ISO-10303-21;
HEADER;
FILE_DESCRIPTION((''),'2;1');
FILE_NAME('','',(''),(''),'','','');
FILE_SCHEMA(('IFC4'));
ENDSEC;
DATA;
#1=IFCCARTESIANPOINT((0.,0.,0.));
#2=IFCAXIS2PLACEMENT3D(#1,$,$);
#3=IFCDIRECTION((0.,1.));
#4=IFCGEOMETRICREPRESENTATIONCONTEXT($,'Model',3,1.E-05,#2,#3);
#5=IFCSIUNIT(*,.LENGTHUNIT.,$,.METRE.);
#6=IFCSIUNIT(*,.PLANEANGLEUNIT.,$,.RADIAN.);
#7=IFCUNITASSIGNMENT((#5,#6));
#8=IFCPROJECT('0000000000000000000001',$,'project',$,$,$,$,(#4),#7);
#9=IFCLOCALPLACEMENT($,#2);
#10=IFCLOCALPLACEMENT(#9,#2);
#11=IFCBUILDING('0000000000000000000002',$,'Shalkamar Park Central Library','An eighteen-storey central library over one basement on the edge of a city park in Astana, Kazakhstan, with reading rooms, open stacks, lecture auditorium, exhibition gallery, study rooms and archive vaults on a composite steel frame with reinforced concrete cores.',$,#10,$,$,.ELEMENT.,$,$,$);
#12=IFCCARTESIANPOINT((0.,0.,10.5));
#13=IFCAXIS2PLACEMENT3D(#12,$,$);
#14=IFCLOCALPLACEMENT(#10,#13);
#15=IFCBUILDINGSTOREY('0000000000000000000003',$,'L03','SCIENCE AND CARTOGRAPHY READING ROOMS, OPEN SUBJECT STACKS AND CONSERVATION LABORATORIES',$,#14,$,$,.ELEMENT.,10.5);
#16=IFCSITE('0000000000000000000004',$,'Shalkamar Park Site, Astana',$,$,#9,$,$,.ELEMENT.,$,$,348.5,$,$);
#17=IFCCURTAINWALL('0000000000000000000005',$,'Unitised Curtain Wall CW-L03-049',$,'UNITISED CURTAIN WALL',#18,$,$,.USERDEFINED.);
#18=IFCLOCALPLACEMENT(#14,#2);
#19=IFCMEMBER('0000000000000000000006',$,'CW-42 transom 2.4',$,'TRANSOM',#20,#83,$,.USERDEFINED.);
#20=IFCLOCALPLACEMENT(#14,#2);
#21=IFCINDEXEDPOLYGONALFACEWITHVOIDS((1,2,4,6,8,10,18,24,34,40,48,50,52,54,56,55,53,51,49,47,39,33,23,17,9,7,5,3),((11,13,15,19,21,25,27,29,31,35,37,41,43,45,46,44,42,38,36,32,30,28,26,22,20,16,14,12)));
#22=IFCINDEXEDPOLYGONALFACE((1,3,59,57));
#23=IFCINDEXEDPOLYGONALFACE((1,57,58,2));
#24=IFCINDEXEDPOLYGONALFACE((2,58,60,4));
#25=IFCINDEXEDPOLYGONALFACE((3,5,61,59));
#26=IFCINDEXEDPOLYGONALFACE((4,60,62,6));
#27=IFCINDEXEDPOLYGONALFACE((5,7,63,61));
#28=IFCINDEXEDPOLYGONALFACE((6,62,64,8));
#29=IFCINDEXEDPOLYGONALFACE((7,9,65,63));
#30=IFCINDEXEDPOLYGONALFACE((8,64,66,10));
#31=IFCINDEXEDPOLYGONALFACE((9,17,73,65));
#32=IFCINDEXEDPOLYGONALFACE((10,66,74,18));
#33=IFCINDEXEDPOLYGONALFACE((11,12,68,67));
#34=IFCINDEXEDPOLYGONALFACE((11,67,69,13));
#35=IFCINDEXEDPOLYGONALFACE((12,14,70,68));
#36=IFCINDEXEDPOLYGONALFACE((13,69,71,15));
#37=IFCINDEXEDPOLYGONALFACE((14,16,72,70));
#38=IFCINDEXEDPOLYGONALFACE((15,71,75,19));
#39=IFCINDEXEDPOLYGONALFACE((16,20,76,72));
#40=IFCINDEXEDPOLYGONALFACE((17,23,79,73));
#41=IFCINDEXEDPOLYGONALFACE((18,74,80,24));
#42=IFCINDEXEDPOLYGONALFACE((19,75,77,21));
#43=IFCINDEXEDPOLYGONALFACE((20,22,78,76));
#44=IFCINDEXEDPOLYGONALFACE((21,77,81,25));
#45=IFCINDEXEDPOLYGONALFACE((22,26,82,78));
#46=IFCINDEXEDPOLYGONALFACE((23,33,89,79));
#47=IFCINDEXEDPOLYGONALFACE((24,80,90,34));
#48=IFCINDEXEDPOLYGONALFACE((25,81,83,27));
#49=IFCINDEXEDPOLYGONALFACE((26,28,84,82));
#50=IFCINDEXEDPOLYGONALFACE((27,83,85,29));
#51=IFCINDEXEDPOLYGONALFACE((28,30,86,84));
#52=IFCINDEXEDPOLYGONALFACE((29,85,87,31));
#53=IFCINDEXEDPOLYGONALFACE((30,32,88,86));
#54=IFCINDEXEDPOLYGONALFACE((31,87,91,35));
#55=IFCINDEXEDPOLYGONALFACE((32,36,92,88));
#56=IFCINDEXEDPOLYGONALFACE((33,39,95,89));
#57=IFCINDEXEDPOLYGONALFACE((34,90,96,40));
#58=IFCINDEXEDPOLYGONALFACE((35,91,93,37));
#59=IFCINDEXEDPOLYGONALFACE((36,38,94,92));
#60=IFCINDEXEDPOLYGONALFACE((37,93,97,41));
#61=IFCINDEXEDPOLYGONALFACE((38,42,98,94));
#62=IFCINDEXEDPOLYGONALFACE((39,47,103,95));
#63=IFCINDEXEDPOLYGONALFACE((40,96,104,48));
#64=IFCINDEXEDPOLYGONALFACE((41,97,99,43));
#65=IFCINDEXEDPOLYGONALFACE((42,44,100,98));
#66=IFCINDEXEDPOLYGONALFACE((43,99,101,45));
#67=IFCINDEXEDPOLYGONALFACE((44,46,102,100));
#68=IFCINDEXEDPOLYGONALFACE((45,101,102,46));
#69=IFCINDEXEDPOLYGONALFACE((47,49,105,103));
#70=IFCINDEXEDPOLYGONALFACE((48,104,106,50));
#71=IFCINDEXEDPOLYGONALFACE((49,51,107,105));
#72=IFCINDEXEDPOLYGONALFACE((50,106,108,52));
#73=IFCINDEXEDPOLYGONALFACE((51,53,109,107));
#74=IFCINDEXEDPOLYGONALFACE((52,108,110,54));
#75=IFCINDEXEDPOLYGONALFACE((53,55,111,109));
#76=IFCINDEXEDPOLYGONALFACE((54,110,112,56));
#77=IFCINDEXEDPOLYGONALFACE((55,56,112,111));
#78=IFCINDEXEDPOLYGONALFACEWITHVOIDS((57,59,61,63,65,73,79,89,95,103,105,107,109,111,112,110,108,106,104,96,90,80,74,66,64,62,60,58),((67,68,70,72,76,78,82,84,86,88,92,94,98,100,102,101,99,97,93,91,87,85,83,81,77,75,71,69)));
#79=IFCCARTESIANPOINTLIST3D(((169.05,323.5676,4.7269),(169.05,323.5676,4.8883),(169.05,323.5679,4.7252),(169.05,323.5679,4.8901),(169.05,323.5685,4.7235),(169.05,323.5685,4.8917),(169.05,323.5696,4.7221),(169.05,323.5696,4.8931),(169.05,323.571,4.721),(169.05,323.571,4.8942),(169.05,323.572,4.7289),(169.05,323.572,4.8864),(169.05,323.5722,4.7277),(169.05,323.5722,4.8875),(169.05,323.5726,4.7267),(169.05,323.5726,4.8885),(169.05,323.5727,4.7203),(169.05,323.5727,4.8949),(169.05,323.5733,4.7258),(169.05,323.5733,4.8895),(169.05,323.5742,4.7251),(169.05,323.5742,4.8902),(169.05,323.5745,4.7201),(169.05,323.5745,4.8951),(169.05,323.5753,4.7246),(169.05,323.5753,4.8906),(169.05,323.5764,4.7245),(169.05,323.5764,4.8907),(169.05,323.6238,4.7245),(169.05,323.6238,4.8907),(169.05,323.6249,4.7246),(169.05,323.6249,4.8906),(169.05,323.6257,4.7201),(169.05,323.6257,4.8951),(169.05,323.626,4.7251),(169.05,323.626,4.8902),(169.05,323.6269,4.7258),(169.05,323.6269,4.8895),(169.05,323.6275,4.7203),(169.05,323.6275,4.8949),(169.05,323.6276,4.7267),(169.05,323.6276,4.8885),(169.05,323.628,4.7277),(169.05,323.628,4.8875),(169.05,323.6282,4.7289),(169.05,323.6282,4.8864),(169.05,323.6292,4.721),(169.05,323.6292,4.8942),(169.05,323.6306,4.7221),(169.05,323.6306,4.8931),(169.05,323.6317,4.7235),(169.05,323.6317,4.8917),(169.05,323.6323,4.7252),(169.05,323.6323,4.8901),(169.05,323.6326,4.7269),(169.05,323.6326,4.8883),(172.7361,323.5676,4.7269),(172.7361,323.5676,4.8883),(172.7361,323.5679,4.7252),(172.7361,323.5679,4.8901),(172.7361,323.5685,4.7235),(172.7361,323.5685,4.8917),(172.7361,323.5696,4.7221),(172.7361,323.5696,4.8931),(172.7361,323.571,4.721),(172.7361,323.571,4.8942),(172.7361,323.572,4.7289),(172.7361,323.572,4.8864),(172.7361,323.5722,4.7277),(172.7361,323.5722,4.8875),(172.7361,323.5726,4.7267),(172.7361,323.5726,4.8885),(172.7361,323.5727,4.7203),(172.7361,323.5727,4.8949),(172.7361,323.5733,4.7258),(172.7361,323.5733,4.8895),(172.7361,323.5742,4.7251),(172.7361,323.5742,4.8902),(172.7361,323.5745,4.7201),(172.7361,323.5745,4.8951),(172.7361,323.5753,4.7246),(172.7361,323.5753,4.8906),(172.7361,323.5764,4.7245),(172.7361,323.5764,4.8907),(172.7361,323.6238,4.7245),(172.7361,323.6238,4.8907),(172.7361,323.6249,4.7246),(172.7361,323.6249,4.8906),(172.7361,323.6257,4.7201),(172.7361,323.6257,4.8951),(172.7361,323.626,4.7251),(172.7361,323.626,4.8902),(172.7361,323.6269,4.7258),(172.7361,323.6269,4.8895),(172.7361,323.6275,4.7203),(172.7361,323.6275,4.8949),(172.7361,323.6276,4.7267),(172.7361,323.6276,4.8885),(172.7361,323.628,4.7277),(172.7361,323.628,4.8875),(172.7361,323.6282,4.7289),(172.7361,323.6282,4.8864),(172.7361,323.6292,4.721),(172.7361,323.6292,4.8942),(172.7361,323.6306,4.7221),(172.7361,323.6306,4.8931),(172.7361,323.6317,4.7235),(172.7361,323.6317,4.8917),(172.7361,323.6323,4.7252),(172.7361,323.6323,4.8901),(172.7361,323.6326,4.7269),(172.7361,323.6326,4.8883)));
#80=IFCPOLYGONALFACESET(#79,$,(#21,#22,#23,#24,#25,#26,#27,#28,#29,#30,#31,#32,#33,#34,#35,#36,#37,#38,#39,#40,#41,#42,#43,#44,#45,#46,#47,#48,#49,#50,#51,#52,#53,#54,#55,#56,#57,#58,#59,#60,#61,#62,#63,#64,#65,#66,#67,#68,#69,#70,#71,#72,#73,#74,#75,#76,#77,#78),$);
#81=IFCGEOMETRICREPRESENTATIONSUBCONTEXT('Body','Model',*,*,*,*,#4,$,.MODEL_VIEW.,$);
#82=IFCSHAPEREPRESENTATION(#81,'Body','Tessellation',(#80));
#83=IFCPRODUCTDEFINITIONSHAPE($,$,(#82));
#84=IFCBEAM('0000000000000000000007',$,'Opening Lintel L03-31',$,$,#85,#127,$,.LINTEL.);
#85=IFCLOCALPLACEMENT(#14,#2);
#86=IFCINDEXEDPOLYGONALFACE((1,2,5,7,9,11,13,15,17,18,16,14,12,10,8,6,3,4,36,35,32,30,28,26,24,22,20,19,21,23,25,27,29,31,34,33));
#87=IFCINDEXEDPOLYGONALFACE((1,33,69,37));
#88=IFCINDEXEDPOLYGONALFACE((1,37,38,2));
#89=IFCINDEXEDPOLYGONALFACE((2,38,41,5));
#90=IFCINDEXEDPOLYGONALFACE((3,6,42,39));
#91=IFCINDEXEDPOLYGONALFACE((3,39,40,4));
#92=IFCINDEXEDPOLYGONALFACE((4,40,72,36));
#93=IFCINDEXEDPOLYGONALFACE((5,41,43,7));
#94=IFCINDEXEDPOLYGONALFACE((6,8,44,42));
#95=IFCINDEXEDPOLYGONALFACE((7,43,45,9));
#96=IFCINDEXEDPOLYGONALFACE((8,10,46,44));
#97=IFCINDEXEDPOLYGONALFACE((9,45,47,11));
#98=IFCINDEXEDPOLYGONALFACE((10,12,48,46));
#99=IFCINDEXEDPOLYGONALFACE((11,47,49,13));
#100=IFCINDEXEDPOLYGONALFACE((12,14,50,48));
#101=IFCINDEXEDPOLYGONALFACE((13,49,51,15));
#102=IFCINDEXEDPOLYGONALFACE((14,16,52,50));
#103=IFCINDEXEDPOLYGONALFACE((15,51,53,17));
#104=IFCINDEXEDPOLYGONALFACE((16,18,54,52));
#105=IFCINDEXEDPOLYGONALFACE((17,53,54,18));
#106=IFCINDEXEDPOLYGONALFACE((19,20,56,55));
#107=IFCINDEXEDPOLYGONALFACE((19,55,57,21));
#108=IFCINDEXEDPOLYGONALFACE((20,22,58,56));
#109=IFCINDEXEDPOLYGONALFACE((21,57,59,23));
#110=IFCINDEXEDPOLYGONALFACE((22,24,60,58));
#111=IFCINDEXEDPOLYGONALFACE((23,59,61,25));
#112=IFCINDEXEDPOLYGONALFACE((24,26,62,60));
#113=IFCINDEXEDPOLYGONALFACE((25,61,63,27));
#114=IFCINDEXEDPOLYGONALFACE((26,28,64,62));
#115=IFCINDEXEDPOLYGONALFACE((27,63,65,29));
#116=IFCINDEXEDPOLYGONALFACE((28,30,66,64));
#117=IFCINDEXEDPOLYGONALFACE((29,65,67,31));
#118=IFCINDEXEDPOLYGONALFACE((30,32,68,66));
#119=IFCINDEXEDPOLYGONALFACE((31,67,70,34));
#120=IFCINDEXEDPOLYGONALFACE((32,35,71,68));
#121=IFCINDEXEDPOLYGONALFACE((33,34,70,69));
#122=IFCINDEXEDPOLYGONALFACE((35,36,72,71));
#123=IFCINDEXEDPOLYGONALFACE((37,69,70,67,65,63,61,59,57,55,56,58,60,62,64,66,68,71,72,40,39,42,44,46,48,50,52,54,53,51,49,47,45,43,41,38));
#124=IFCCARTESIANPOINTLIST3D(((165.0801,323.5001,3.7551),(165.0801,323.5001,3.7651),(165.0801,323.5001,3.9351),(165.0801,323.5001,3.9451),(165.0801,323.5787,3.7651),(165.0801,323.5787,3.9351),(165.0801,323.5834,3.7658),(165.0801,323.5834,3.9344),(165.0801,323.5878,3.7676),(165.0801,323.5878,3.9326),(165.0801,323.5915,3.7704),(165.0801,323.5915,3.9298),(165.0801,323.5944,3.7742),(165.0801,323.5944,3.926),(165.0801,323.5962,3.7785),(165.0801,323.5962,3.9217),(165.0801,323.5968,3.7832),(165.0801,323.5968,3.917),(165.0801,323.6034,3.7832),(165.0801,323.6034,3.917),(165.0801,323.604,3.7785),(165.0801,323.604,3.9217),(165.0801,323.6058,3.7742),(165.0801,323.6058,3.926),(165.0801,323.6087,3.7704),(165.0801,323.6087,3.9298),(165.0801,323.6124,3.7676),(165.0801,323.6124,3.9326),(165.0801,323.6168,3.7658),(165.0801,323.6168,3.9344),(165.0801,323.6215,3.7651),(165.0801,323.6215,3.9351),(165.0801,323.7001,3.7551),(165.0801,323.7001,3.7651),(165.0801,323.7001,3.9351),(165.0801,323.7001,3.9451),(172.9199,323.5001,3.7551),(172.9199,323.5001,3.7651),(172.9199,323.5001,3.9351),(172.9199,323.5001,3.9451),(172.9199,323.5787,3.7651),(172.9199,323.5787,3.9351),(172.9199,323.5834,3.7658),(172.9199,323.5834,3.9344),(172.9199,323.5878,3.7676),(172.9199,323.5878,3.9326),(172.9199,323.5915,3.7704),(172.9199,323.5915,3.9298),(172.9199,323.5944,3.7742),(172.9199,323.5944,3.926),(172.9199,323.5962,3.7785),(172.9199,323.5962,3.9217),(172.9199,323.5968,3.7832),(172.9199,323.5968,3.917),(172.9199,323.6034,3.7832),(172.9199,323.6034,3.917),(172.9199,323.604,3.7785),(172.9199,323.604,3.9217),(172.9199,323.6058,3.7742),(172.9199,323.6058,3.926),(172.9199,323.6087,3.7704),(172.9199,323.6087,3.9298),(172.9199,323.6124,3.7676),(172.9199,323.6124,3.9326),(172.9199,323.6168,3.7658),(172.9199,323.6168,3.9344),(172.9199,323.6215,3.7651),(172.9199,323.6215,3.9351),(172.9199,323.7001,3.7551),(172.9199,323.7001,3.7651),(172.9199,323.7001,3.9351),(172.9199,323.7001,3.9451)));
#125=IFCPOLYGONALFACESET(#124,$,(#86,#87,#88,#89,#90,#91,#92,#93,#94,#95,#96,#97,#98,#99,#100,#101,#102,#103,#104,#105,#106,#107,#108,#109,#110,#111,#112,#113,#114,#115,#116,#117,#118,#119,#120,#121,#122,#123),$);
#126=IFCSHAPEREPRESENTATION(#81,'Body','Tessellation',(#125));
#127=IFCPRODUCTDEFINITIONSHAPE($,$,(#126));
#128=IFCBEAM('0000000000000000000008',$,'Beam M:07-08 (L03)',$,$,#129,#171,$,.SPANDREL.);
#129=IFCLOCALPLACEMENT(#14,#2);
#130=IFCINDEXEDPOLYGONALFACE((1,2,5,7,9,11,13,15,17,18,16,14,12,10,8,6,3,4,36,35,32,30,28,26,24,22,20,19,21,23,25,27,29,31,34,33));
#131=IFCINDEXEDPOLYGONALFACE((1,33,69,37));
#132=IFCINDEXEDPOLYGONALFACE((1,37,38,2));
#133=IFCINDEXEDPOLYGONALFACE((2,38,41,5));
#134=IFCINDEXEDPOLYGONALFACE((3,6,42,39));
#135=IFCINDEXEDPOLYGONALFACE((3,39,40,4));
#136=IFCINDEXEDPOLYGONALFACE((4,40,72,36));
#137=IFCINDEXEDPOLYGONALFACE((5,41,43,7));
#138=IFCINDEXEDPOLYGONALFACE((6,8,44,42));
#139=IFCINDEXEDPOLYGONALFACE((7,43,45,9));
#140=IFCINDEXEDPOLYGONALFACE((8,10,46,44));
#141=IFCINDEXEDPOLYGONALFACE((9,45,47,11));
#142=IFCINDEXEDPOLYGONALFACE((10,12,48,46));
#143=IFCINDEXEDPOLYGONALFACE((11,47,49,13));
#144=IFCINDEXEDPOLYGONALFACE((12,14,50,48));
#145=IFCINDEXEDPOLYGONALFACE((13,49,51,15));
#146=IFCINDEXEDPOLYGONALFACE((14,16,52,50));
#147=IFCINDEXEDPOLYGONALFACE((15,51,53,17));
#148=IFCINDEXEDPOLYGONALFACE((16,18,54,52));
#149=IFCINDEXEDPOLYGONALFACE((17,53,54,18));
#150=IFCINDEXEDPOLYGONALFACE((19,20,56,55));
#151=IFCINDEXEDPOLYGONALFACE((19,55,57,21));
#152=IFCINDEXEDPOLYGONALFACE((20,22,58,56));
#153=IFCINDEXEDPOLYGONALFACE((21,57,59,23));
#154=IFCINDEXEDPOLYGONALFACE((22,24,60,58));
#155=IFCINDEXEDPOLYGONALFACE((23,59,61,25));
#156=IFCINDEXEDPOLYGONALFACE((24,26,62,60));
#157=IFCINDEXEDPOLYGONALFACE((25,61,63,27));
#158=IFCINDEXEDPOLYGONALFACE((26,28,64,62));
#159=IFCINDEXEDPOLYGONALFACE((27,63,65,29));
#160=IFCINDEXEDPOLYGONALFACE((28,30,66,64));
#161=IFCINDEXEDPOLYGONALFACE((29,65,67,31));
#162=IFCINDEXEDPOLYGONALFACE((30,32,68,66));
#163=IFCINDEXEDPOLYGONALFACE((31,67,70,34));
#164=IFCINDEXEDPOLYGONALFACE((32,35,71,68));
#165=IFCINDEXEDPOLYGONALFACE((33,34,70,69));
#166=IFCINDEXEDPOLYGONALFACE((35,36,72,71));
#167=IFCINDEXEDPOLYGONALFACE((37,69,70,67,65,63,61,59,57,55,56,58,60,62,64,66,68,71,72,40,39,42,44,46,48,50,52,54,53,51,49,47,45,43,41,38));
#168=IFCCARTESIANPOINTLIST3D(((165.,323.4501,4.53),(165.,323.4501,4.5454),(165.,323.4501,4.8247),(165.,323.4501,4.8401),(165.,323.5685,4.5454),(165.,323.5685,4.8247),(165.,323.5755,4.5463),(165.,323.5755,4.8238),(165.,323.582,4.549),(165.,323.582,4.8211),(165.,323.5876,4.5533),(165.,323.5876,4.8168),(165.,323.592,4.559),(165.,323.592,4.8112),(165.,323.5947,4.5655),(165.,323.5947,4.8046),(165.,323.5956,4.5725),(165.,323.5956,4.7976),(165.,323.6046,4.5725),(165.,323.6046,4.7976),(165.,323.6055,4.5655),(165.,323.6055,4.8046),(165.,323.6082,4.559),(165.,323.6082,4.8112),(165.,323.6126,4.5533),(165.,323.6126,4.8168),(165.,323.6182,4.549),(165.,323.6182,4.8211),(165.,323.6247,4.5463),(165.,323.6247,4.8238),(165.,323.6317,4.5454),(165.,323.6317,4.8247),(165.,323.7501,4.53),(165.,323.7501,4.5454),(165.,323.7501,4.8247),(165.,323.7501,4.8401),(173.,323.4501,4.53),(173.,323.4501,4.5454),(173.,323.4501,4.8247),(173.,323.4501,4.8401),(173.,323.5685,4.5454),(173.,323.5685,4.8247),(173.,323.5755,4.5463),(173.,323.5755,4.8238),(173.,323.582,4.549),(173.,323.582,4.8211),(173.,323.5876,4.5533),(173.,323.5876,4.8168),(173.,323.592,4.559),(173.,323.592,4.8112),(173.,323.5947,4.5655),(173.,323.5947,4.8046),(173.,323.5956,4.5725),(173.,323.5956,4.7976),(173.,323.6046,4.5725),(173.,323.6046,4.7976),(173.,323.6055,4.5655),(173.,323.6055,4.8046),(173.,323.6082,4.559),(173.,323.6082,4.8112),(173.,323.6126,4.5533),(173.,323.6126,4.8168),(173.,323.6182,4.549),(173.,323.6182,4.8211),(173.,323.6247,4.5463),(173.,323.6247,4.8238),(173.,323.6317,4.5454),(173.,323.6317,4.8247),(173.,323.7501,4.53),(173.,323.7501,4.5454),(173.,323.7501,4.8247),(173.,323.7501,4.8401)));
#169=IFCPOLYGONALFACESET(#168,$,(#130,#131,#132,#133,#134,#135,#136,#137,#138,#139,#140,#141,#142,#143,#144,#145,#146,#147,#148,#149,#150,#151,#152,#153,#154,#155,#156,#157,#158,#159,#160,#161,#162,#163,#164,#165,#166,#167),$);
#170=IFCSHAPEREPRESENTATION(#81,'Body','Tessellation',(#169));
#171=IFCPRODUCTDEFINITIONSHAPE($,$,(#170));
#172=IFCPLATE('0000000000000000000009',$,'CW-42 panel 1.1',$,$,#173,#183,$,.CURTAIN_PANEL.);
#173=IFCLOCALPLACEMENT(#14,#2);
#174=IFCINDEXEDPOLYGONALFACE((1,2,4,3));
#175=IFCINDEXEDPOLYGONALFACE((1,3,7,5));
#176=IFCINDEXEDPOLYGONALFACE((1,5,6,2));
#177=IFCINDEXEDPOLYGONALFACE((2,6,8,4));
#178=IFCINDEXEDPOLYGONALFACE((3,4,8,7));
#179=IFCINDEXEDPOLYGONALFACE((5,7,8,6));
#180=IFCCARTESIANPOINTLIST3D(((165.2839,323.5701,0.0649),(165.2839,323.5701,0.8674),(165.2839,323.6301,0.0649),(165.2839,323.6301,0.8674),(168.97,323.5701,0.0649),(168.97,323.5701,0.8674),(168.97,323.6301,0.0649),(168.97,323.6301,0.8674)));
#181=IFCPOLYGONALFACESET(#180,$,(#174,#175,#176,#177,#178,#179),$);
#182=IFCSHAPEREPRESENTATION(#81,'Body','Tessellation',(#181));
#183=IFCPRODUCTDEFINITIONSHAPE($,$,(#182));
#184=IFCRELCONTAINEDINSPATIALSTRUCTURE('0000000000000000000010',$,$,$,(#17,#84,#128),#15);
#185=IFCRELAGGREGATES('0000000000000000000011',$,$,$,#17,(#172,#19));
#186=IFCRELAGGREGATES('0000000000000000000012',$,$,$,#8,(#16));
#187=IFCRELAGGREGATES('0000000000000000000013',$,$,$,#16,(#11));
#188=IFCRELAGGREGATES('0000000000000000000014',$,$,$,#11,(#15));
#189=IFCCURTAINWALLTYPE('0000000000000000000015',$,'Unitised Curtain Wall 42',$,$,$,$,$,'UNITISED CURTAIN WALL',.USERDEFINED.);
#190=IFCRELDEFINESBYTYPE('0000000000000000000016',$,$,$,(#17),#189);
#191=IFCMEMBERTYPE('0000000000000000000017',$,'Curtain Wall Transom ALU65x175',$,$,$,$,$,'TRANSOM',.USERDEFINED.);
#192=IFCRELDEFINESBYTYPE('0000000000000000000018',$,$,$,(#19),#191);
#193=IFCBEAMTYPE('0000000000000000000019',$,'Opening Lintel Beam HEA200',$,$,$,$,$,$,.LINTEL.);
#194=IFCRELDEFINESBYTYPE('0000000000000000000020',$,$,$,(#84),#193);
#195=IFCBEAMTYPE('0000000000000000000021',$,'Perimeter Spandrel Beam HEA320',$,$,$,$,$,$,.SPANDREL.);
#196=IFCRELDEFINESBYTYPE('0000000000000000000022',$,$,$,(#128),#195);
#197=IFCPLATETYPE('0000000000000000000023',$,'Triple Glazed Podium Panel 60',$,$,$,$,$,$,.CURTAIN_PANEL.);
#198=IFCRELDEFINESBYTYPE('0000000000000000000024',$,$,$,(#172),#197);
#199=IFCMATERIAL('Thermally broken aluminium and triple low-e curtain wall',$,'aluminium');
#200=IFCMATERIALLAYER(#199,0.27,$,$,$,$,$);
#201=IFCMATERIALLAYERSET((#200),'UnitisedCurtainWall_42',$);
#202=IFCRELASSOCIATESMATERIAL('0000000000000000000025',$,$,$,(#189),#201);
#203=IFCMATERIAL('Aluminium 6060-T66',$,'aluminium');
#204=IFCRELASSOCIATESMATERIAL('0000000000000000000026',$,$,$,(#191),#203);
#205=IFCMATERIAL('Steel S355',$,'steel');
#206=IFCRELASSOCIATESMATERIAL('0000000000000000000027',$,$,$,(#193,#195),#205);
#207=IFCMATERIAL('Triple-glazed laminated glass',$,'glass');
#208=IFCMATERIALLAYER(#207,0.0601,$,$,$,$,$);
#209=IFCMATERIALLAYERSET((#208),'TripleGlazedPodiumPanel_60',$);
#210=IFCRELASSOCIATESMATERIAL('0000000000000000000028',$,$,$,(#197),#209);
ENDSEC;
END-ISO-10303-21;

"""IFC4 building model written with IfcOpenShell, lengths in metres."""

from ifc_helpers import new_model, si_unit, direction, frame, origin, origin_2d, place, context, subcontext, project, spatial, rectangle, hollow_rectangle, i_section, extrude, material, layer, layer_set, material_profile, profile_set, type_object, element, aggregate, save


model = new_model("IFC4")

# Units and contexts
model_context = context("Model", 3, precision=1e-05, world=origin(), true_north=direction((0.0, 1.0)))
body_context = subcontext(model_context, "Body", "Model", "MODEL_VIEW")
ifc_project = project(units=[si_unit("LENGTHUNIT", "METRE"), si_unit("PLANEANGLEUNIT", "RADIAN")], contexts=[model_context])

# Site, building, storey
site_placement = place(None, origin())
site = spatial("IfcSite", under=ifc_project, at=site_placement, Name="Shalkamar Park Site, Astana", CompositionType="ELEMENT", RefElevation=348.5)
building_placement = place(site_placement, origin())
building = spatial("IfcBuilding", under=site, at=building_placement, Name="Shalkamar Park Central Library", Description="An eighteen-storey central library over one basement on the edge of a city park in Astana, Kazakhstan, with reading rooms, open stacks, lecture auditorium, exhibition gallery, study rooms and archive vaults on a composite steel frame with reinforced concrete cores.", CompositionType="ELEMENT")
storey_placement = place(building_placement, frame((0.0, 0.0, 10.5)))
storey = spatial("IfcBuildingStorey", under=building, at=storey_placement, Name="L03", Description="SCIENCE AND CARTOGRAPHY READING ROOMS, OPEN SUBJECT STACKS AND CONSERVATION LABORATORIES", CompositionType="ELEMENT", Elevation=10.5)

# Shared definitions
ifc_material_1 = material(Name="Steel S355", Category="steel")

# Shared definitions
ifc_material_2 = material(Name="Thermally broken aluminium and triple low-e curtain wall", Category="aluminium")
ifc_material_3 = material(Name="Aluminium 6060-T66", Category="aluminium")

# Curtain wall
ifc_layer_1 = layer(ifc_material_2, 0.27)
ifc_layer_set_1 = layer_set([ifc_layer_1], Name="UnitisedCurtainWall_42")
curtain_wall_type_1 = type_object("IfcCurtainWallType", Name="Unitised Curtain Wall 42", ElementType="UNITISED CURTAIN WALL", PredefinedType="USERDEFINED", material=ifc_layer_set_1)
curtain_wall_1_placement = place(storey_placement, origin())
curtain_wall_1 = element("IfcCurtainWall", 1, at=curtain_wall_1_placement, inside=storey, type_object=curtain_wall_type_1, Name="Unitised Curtain Wall CW-L03-049", ObjectType="UNITISED CURTAIN WALL", PredefinedType="USERDEFINED")

# Member
ifc_material_profile_1 = material_profile(ifc_material_3, hollow_rectangle(XDim=0.0649, YDim=0.175, WallThickness=0.0044, InnerFilletRadius=0.0044, OuterFilletRadius=0.0068, at=origin_2d()), Name="ALU 65x175x4.5")
ifc_profile_set_1 = profile_set([ifc_material_profile_1], Name="Aluminium 6060-T66")
member_type_1 = type_object("IfcMemberType", Name="Curtain Wall Transom ALU65x175", ElementType="TRANSOM", PredefinedType="USERDEFINED", material=ifc_profile_set_1)
member_1_placement = place(storey_placement, frame((169.05, 323.6001, 4.8076), z_axis=(1.0, 0.0, 0.0), x_axis=(0.0, 1.0, 0.0)))
member_1 = element("IfcMember", 2, at=member_1_placement, type_object=member_type_1, Name="CW-42 transom 2.4", ObjectType="TRANSOM", PredefinedType="USERDEFINED", context=body_context, shape_type="SweptSolid", body=[
    extrude(hollow_rectangle(XDim=0.0649, YDim=0.175, WallThickness=0.0044, InnerFilletRadius=0.0044, OuterFilletRadius=0.0068, at=origin_2d()), origin(), (0.0, 0.0, 1.0), 3.686),
])

# Beams
ifc_material_profile_2 = material_profile(ifc_material_1, i_section(OverallWidth=0.2, OverallDepth=0.1899, WebThickness=0.0066, FlangeThickness=0.01, FilletRadius=0.0181, at=origin_2d()), Name="HEA 200")
ifc_profile_set_2 = profile_set([ifc_material_profile_2], Name="Steel S355")
beam_type_1 = type_object("IfcBeamType", Name="Opening Lintel Beam HEA200", PredefinedType="LINTEL", material=ifc_profile_set_2)
beam_1_placement = place(storey_placement, frame((165.0801, 323.6001, 3.8501), z_axis=(1.0, 0.0, 0.0), x_axis=(0.0, 1.0, 0.0)))
element("IfcBeam", 3, at=beam_1_placement, inside=storey, type_object=beam_type_1, Name="Opening Lintel L03-31", PredefinedType="LINTEL", context=body_context, shape_type="SweptSolid", body=[
    extrude(i_section(OverallWidth=0.2, OverallDepth=0.1899, WebThickness=0.0066, FlangeThickness=0.01, FilletRadius=0.0181, at=origin_2d()), origin(), (0.0, 0.0, 1.0), 7.8398),
])
ifc_material_profile_3 = material_profile(ifc_material_1, i_section(OverallWidth=0.3, OverallDepth=0.3101, WebThickness=0.009, FlangeThickness=0.0154, FilletRadius=0.0271, at=origin_2d()), Name="HEA 320")
ifc_profile_set_3 = profile_set([ifc_material_profile_3], Name="Steel S355")
beam_type_2 = type_object("IfcBeamType", Name="Perimeter Spandrel Beam HEA320", PredefinedType="SPANDREL", material=ifc_profile_set_3)
beam_2_placement = place(storey_placement, frame((165.0, 323.6001, 4.6851), z_axis=(1.0, 0.0, 0.0), x_axis=(0.0, 1.0, 0.0)))
element("IfcBeam", 4, at=beam_2_placement, inside=storey, type_object=beam_type_2, Name="Beam M:07-08 (L03)", PredefinedType="SPANDREL", context=body_context, shape_type="SweptSolid", body=[
    extrude(i_section(OverallWidth=0.3, OverallDepth=0.3101, WebThickness=0.009, FlangeThickness=0.0154, FilletRadius=0.0271, at=origin_2d()), origin(), (0.0, 0.0, 1.0), 8.0),
])

# Plate
ifc_material_4 = material(Name="Triple-glazed laminated glass", Category="glass")
ifc_layer_2 = layer(ifc_material_4, 0.0601)
ifc_layer_set_2 = layer_set([ifc_layer_2], Name="TripleGlazedPodiumPanel_60")
plate_type_1 = type_object("IfcPlateType", Name="Triple Glazed Podium Panel 60", PredefinedType="CURTAIN_PANEL", material=ifc_layer_set_2)
plate_1_placement = place(storey_placement, frame((167.127, 323.6001, 0.0649), z_axis=(0.0, 0.0, 1.0), x_axis=(1.0, 0.0, 0.0)))
plate_1 = element("IfcPlate", 5, at=plate_1_placement, type_object=plate_type_1, Name="CW-42 panel 1.1", PredefinedType="CURTAIN_PANEL", context=body_context, shape_type="SweptSolid", body=[
    extrude(rectangle(XDim=3.686, YDim=0.0601, at=origin_2d()), origin(), (0.0, 0.0, 1.0), 0.8025),
])
aggregate(curtain_wall_1, [plate_1, member_1])

save(model, "model.ifc")
